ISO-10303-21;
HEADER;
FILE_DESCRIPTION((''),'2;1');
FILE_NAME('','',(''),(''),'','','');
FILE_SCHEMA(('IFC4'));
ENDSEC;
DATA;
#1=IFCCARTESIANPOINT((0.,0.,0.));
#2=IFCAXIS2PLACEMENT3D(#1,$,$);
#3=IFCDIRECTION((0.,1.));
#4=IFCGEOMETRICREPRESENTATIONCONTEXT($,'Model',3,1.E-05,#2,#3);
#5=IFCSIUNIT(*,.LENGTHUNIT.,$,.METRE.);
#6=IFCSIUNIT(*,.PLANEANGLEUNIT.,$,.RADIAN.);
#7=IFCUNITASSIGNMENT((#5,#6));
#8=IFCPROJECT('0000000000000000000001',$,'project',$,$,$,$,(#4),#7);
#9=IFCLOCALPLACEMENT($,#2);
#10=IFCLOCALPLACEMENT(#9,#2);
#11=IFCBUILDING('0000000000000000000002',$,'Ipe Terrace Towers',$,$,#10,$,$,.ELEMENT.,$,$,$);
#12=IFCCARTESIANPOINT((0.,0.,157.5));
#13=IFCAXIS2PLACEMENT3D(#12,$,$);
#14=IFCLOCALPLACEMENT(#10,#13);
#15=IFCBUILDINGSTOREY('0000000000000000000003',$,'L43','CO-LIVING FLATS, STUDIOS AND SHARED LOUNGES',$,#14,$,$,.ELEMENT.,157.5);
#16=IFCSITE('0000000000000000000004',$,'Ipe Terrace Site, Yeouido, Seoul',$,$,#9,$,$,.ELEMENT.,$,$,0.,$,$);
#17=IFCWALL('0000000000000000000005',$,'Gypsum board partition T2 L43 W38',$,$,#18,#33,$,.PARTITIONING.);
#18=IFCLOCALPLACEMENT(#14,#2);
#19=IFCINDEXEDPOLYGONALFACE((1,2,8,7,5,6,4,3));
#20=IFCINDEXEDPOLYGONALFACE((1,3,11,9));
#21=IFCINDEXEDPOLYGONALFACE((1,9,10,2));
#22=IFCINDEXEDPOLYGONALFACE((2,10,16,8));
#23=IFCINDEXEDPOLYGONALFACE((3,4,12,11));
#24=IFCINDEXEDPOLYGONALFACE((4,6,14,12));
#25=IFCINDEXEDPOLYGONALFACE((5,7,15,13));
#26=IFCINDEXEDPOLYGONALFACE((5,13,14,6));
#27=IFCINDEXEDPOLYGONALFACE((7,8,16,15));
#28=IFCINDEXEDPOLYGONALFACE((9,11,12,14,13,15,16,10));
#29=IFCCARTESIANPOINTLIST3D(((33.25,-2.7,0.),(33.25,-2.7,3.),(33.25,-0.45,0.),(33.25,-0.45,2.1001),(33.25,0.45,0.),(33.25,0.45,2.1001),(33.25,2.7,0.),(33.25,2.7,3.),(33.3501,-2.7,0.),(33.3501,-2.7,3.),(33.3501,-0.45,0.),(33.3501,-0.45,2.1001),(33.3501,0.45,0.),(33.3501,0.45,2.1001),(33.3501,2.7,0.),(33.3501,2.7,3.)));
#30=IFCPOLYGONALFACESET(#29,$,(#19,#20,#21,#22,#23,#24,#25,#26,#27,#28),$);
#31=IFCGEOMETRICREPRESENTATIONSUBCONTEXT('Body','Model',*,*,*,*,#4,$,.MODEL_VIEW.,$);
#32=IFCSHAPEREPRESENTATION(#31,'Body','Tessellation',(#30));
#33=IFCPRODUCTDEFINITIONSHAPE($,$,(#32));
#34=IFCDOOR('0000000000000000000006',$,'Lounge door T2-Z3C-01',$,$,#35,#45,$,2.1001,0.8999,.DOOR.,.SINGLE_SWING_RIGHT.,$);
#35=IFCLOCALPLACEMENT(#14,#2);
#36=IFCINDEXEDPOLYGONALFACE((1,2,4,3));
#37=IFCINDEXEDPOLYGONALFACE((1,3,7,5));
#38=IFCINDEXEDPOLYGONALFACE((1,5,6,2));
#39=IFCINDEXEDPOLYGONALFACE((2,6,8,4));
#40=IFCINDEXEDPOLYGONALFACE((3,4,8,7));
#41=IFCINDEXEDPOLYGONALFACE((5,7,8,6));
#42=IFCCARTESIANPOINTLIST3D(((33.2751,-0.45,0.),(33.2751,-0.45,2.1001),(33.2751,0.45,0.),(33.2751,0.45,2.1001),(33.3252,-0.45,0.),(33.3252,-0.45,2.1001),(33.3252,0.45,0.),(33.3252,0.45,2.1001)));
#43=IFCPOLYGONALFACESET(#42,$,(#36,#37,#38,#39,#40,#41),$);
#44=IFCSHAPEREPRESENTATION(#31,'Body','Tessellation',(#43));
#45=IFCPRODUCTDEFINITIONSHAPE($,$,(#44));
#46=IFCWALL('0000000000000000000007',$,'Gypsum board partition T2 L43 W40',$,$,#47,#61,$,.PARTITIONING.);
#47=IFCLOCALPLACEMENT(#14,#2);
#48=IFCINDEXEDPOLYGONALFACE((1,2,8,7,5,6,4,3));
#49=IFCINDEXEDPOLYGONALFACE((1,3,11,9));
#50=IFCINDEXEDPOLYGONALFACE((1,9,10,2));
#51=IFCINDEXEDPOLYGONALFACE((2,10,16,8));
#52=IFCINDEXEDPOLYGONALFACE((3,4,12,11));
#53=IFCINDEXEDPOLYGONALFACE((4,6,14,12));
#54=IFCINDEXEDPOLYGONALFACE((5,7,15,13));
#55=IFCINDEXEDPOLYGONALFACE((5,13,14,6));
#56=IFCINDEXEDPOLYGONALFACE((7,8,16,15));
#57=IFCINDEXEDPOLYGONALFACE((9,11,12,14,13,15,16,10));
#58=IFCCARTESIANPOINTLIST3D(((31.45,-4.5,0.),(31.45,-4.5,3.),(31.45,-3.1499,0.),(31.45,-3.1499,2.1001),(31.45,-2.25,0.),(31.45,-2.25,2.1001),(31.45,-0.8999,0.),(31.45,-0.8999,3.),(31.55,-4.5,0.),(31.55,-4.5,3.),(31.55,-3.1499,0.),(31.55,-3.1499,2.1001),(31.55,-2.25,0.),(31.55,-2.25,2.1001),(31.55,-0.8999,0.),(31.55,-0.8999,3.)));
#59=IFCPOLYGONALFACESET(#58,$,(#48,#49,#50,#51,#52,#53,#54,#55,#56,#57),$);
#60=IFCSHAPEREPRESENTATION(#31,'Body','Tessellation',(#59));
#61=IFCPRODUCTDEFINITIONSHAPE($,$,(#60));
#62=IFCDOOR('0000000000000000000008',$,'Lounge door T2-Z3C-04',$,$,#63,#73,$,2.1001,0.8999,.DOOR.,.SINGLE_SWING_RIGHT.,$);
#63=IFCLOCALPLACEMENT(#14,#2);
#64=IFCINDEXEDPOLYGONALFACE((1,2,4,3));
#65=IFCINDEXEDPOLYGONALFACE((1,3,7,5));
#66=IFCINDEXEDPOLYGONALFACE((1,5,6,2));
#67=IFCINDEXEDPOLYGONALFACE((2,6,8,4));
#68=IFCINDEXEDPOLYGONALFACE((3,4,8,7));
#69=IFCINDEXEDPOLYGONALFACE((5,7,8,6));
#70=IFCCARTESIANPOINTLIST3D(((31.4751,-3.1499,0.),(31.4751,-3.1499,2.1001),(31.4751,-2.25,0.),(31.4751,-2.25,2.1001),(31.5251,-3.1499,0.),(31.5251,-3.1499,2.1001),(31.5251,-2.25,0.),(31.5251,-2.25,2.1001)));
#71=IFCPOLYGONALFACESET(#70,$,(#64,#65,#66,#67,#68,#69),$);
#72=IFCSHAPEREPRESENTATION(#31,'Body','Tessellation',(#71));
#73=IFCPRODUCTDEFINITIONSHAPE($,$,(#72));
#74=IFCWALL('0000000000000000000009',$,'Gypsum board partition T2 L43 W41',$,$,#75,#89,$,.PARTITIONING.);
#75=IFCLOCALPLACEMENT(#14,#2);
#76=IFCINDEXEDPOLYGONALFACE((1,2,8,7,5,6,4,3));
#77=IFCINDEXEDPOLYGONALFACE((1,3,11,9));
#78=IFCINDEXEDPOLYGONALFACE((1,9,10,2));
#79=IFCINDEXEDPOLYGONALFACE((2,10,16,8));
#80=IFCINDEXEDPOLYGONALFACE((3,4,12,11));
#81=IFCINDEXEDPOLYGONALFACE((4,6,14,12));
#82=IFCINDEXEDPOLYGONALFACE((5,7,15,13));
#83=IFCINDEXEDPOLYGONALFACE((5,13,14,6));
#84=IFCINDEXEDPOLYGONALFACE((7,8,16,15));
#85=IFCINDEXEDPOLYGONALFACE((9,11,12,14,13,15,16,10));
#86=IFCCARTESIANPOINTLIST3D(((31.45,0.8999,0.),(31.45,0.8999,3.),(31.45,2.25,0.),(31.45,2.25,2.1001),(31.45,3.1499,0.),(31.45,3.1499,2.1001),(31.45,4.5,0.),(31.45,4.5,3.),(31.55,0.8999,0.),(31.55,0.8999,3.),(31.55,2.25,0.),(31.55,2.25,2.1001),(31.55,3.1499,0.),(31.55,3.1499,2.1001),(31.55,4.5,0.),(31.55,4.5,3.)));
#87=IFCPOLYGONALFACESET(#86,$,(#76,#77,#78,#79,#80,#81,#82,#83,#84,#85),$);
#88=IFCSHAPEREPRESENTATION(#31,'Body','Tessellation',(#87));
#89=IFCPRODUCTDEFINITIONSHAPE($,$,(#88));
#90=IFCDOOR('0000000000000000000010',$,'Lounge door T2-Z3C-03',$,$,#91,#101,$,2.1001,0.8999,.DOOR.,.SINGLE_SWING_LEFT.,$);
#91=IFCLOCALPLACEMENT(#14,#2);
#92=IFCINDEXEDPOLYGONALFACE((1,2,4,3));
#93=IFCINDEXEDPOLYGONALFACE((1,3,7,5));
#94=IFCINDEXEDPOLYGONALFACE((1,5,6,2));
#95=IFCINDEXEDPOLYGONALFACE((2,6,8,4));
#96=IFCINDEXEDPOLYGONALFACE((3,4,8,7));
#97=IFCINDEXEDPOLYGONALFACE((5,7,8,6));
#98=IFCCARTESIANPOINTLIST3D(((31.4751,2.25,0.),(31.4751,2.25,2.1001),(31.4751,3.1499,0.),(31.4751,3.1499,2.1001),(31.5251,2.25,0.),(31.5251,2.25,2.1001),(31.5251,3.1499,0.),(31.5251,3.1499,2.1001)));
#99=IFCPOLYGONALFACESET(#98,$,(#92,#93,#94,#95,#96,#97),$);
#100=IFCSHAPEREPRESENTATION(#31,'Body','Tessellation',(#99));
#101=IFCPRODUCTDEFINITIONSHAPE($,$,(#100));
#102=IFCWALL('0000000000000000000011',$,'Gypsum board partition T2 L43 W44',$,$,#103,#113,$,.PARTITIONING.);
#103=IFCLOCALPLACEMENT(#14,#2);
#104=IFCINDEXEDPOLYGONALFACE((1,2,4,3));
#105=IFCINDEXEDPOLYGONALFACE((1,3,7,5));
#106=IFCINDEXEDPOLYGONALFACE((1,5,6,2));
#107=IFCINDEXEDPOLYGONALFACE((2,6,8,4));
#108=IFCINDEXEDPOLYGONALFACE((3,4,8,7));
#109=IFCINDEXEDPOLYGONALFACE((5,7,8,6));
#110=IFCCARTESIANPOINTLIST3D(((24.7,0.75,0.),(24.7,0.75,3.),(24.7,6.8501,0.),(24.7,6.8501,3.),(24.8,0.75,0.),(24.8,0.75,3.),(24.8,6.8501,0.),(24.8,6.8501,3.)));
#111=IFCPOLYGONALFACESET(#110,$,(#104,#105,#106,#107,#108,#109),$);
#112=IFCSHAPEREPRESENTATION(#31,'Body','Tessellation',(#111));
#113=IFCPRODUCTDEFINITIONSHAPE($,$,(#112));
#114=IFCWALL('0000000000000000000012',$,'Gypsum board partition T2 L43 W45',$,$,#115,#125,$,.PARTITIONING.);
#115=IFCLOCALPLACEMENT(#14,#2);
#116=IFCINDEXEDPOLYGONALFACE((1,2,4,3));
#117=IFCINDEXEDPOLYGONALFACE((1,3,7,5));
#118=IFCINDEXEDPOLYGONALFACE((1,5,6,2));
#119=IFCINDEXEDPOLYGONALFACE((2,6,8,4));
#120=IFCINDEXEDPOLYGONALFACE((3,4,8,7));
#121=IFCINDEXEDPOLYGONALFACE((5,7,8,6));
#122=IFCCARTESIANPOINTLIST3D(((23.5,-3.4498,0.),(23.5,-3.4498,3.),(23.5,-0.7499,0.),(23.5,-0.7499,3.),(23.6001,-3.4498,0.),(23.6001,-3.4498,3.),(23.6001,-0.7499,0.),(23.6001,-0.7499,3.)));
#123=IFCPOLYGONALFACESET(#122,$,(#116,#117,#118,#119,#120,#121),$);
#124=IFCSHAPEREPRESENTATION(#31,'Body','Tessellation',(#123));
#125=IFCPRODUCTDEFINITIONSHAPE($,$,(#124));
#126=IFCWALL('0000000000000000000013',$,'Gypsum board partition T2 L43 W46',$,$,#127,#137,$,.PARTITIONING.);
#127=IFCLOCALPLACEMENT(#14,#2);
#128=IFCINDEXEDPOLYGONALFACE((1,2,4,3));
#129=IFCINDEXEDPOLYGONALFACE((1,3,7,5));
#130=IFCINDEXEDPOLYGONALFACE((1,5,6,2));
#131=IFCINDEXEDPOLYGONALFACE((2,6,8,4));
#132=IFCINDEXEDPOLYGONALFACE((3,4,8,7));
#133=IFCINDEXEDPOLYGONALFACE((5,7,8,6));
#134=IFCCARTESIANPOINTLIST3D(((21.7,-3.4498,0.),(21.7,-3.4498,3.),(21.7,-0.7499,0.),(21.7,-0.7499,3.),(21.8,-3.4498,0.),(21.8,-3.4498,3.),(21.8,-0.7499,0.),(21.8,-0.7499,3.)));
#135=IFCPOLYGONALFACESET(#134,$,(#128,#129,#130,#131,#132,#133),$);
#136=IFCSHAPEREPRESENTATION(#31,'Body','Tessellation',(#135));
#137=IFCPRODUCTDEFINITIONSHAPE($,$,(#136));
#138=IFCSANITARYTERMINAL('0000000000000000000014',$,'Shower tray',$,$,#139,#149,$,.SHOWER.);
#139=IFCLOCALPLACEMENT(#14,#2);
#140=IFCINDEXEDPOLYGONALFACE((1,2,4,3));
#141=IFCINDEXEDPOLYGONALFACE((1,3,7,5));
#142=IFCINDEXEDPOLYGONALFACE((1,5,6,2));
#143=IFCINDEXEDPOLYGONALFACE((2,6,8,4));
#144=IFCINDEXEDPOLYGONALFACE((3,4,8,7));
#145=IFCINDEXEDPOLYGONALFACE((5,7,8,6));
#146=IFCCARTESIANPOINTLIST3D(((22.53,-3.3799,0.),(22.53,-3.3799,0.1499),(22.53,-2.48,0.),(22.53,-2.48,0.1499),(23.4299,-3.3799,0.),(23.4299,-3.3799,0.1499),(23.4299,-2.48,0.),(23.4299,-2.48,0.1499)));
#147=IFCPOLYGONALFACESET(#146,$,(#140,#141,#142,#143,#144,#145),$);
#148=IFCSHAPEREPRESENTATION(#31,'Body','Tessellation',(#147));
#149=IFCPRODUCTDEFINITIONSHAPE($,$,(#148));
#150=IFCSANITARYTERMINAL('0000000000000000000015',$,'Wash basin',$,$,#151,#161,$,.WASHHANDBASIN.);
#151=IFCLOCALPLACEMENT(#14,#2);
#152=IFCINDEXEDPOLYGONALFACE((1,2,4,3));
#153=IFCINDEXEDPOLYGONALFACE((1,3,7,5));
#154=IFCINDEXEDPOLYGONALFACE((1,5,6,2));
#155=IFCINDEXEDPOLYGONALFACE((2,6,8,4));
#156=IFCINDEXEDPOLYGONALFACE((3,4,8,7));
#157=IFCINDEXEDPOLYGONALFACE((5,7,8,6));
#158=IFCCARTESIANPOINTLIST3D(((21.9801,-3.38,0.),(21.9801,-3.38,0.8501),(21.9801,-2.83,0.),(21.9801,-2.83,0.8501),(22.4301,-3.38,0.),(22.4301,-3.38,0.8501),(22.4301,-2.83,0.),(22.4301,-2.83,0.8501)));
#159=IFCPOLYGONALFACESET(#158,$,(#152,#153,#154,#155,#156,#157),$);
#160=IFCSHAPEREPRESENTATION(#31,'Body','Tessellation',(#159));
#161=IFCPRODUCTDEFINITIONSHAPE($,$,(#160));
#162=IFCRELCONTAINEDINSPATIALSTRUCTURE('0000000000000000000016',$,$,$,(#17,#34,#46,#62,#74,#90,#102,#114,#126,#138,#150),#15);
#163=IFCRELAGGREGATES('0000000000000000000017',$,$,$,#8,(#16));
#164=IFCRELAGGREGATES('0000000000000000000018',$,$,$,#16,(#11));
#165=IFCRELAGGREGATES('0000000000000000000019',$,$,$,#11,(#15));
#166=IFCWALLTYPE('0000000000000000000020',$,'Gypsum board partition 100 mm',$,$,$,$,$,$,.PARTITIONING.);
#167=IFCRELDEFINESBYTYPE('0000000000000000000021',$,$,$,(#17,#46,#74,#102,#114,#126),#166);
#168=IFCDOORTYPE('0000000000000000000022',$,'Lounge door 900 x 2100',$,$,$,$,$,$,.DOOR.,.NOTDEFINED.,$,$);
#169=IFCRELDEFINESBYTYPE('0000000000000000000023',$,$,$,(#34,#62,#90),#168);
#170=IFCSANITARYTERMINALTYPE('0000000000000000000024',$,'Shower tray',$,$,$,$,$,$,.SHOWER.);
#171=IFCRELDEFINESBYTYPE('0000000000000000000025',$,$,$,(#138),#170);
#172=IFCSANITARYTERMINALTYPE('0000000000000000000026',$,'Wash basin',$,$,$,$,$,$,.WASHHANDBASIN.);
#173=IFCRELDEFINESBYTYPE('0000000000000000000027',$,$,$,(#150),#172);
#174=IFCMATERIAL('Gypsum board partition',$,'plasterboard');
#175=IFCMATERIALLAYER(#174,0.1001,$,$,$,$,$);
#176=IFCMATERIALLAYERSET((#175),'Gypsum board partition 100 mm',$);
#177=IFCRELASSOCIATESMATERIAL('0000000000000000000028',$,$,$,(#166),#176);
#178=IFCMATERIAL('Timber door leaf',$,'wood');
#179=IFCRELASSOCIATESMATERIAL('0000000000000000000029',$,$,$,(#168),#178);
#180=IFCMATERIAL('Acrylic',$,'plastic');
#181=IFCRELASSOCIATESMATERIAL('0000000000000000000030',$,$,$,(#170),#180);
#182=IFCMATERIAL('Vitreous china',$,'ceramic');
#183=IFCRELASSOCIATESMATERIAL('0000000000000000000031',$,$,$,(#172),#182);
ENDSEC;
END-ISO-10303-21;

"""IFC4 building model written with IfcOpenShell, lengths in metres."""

from ifc_helpers import new_model, si_unit, direction, frame, frame_2d, origin, origin_2d, place, context, subcontext, project, spatial, rectangle, extrude, material, layer, layer_set, type_object, element, fill, save


model = new_model("IFC4")

# Units and contexts
model_context = context("Model", 3, precision=1e-05, world=origin(), true_north=direction((0.0, 1.0)))
body_context = subcontext(model_context, "Body", "Model", "MODEL_VIEW")
ifc_project = project(units=[si_unit("LENGTHUNIT", "METRE"), si_unit("PLANEANGLEUNIT", "RADIAN")], contexts=[model_context])

# Site, building, storey
site_placement = place(None, origin())
site = spatial("IfcSite", under=ifc_project, at=site_placement, Name="Ipe Terrace Site, Yeouido, Seoul", CompositionType="ELEMENT", RefElevation=0.0)
building_placement = place(site_placement, origin())
building = spatial("IfcBuilding", under=site, at=building_placement, Name="Ipe Terrace Towers", CompositionType="ELEMENT")
storey_placement = place(building_placement, frame((0.0, 0.0, 157.5)))
storey = spatial("IfcBuildingStorey", under=building, at=storey_placement, Name="L43", Description="CO-LIVING FLATS, STUDIOS AND SHARED LOUNGES", CompositionType="ELEMENT", Elevation=157.5)

# Shared definitions
ifc_material_1 = material(Name="Gypsum board partition", Category="plasterboard")
ifc_layer = layer(ifc_material_1, 0.1001)
ifc_layer_set = layer_set([ifc_layer], Name="Gypsum board partition 100 mm")
wall_type = type_object("IfcWallType", Name="Gypsum board partition 100 mm", PredefinedType="PARTITIONING", material=ifc_layer_set)

# Shared definitions
ifc_material_2 = material(Name="Timber door leaf", Category="wood")
door_type_1 = type_object("IfcDoorType", Name="Lounge door 900 x 2100", OperationType="NOTDEFINED", PredefinedType="DOOR", material=ifc_material_2)

# Walls, openings, doors
wall_1_placement = place(storey_placement, frame((33.3, -2.7, 0.0), z_axis=(0.0, 0.0, 1.0), x_axis=(0.0, 1.0, 0.0)))
wall_1 = element("IfcWall", 1, at=wall_1_placement, inside=storey, type_object=wall_type, Name="Gypsum board partition T2 L43 W38", PredefinedType="PARTITIONING", context=body_context, shape_type="SweptSolid", body=[
    extrude(rectangle(XDim=5.3999, YDim=0.1001, at=frame_2d((2.7, 0.0))), origin(), (0.0, 0.0, 1.0), 3.0),
])
opening_1_placement = place(wall_1_placement, frame((2.25, 0.0, 0.0)))
opening_1 = element("IfcOpeningElement", 2, at=opening_1_placement, cuts=wall_1, PredefinedType="OPENING", context=body_context, shape_type="SweptSolid", body=[
    extrude(rectangle(XDim=0.8999, YDim=2.1001, at=frame_2d((0.45, 1.05))), frame((0.0, 0.0601, 0.0), z_axis=(0.0, -1.0, 0.0), x_axis=(1.0, 0.0, 0.0)), (0.0, 0.0, 1.0), 0.1201),
])
door_1_placement = place(opening_1_placement, origin())
door_1 = element("IfcDoor", 3, at=door_1_placement, inside=storey, type_object=door_type_1, Name="Lounge door T2-Z3C-01", OperationType="SINGLE_SWING_RIGHT", OverallHeight=2.1001, OverallWidth=0.8999, PredefinedType="DOOR", context=body_context, shape_type="SweptSolid", body=[
    extrude(rectangle(XDim=0.8999, YDim=2.1001, at=frame_2d((0.45, 1.05))), frame((0.0, 0.0249, 0.0), z_axis=(0.0, -1.0, 0.0), x_axis=(1.0, 0.0, 0.0)), (0.0, 0.0, 1.0), 0.05),
])
fill(opening_1, door_1)
wall_2_placement = place(storey_placement, frame((31.5, -4.5, 0.0), z_axis=(0.0, 0.0, 1.0), x_axis=(0.0, 1.0, 0.0)))
wall_2 = element("IfcWall", 4, at=wall_2_placement, inside=storey, type_object=wall_type, Name="Gypsum board partition T2 L43 W40", PredefinedType="PARTITIONING", context=body_context, shape_type="SweptSolid", body=[
    extrude(rectangle(XDim=3.6001, YDim=0.1001, at=frame_2d((1.8, 0.0))), origin(), (0.0, 0.0, 1.0), 3.0),
])
opening_2_placement = place(wall_2_placement, frame((1.3501, 0.0, 0.0)))
opening_2 = element("IfcOpeningElement", 5, at=opening_2_placement, cuts=wall_2, PredefinedType="OPENING", context=body_context, shape_type="SweptSolid", body=[
    extrude(rectangle(XDim=0.8999, YDim=2.1001, at=frame_2d((0.45, 1.05))), frame((0.0, 0.0601, 0.0), z_axis=(0.0, -1.0, 0.0), x_axis=(1.0, 0.0, 0.0)), (0.0, 0.0, 1.0), 0.1201),
])
door_2_placement = place(opening_2_placement, origin())
door_2 = element("IfcDoor", 6, at=door_2_placement, inside=storey, type_object=door_type_1, Name="Lounge door T2-Z3C-04", OperationType="SINGLE_SWING_RIGHT", OverallHeight=2.1001, OverallWidth=0.8999, PredefinedType="DOOR", context=body_context, shape_type="SweptSolid", body=[
    extrude(rectangle(XDim=0.8999, YDim=2.1001, at=frame_2d((0.45, 1.05))), frame((0.0, 0.0249, 0.0), z_axis=(0.0, -1.0, 0.0), x_axis=(1.0, 0.0, 0.0)), (0.0, 0.0, 1.0), 0.05),
])
fill(opening_2, door_2)
wall_3_placement = place(storey_placement, frame((31.5, 0.8999, 0.0), z_axis=(0.0, 0.0, 1.0), x_axis=(0.0, 1.0, 0.0)))
wall_3 = element("IfcWall", 7, at=wall_3_placement, inside=storey, type_object=wall_type, Name="Gypsum board partition T2 L43 W41", PredefinedType="PARTITIONING", context=body_context, shape_type="SweptSolid", body=[
    extrude(rectangle(XDim=3.6001, YDim=0.1001, at=frame_2d((1.8, 0.0))), origin(), (0.0, 0.0, 1.0), 3.0),
])
opening_3_placement = place(wall_3_placement, frame((1.3501, 0.0, 0.0)))
opening_3 = element("IfcOpeningElement", 8, at=opening_3_placement, cuts=wall_3, PredefinedType="OPENING", context=body_context, shape_type="SweptSolid", body=[
    extrude(rectangle(XDim=0.8999, YDim=2.1001, at=frame_2d((0.45, 1.05))), frame((0.0, 0.0601, 0.0), z_axis=(0.0, -1.0, 0.0), x_axis=(1.0, 0.0, 0.0)), (0.0, 0.0, 1.0), 0.1201),
])
door_3_placement = place(opening_3_placement, origin())
door_3 = element("IfcDoor", 9, at=door_3_placement, inside=storey, type_object=door_type_1, Name="Lounge door T2-Z3C-03", OperationType="SINGLE_SWING_LEFT", OverallHeight=2.1001, OverallWidth=0.8999, PredefinedType="DOOR", context=body_context, shape_type="SweptSolid", body=[
    extrude(rectangle(XDim=0.8999, YDim=2.1001, at=frame_2d((0.45, 1.05))), frame((0.0, 0.0249, 0.0), z_axis=(0.0, -1.0, 0.0), x_axis=(1.0, 0.0, 0.0)), (0.0, 0.0, 1.0), 0.05),
])
fill(opening_3, door_3)

# Walls
wall_4_placement = place(storey_placement, frame((24.75, 0.75, 0.0), z_axis=(0.0, 0.0, 1.0), x_axis=(0.0, 1.0, 0.0)))
element("IfcWall", 10, at=wall_4_placement, inside=storey, type_object=wall_type, Name="Gypsum board partition T2 L43 W44", PredefinedType="PARTITIONING", context=body_context, shape_type="SweptSolid", body=[
    extrude(rectangle(XDim=6.1001, YDim=0.1001, at=frame_2d((3.05, 0.0))), origin(), (0.0, 0.0, 1.0), 3.0),
])
for number, where, z_axis, x_axis, name in (
    (11, (23.55, -3.45, 0.0), (0.0, 0.0, 1.0), (0.0, 1.0, 0.0), "Gypsum board partition T2 L43 W45"),
    (12, (21.75, -3.45, 0.0), (0.0, 0.0, 1.0), (0.0, 1.0, 0.0), "Gypsum board partition T2 L43 W46"),
):
    element("IfcWall", number, at=place(storey_placement, frame(where, z_axis=z_axis, x_axis=x_axis)), inside=storey, type_object=wall_type, Name=name, PredefinedType="PARTITIONING", context=body_context, shape_type="SweptSolid", body=[
        extrude(rectangle(XDim=2.7, YDim=0.1001, at=frame_2d((1.3501, 0.0))), origin(), (0.0, 0.0, 1.0), 3.0),
    ])

# Sanitary terminals
ifc_material_3 = material(Name="Acrylic", Category="plastic")
sanitary_terminal_type_1 = type_object("IfcSanitaryTerminalType", Name="Shower tray", PredefinedType="SHOWER", material=ifc_material_3)
sanitary_terminal_1_placement = place(storey_placement, frame((22.98, -2.9299, 0.0), z_axis=(0.0, 0.0, 1.0), x_axis=(0.0, 1.0, 0.0)))
element("IfcSanitaryTerminal", 13, at=sanitary_terminal_1_placement, inside=storey, type_object=sanitary_terminal_type_1, Name="Shower tray", PredefinedType="SHOWER", context=body_context, shape_type="SweptSolid", body=[
    extrude(rectangle(XDim=0.8999, YDim=0.8999, at=origin_2d()), origin(), (0.0, 0.0, 1.0), 0.1499),
])
ifc_material_4 = material(Name="Vitreous china", Category="ceramic")
sanitary_terminal_type_2 = type_object("IfcSanitaryTerminalType", Name="Wash basin", PredefinedType="WASHHANDBASIN", material=ifc_material_4)
sanitary_terminal_2_placement = place(storey_placement, frame((22.2051, -3.105, 0.0), z_axis=(0.0, 0.0, 1.0), x_axis=(0.0, 1.0, 0.0)))
element("IfcSanitaryTerminal", 14, at=sanitary_terminal_2_placement, inside=storey, type_object=sanitary_terminal_type_2, Name="Wash basin", PredefinedType="WASHHANDBASIN", context=body_context, shape_type="SweptSolid", body=[
    extrude(rectangle(XDim=0.55, YDim=0.45, at=origin_2d()), origin(), (0.0, 0.0, 1.0), 0.8501),
])

save(model, "model.ifc")
